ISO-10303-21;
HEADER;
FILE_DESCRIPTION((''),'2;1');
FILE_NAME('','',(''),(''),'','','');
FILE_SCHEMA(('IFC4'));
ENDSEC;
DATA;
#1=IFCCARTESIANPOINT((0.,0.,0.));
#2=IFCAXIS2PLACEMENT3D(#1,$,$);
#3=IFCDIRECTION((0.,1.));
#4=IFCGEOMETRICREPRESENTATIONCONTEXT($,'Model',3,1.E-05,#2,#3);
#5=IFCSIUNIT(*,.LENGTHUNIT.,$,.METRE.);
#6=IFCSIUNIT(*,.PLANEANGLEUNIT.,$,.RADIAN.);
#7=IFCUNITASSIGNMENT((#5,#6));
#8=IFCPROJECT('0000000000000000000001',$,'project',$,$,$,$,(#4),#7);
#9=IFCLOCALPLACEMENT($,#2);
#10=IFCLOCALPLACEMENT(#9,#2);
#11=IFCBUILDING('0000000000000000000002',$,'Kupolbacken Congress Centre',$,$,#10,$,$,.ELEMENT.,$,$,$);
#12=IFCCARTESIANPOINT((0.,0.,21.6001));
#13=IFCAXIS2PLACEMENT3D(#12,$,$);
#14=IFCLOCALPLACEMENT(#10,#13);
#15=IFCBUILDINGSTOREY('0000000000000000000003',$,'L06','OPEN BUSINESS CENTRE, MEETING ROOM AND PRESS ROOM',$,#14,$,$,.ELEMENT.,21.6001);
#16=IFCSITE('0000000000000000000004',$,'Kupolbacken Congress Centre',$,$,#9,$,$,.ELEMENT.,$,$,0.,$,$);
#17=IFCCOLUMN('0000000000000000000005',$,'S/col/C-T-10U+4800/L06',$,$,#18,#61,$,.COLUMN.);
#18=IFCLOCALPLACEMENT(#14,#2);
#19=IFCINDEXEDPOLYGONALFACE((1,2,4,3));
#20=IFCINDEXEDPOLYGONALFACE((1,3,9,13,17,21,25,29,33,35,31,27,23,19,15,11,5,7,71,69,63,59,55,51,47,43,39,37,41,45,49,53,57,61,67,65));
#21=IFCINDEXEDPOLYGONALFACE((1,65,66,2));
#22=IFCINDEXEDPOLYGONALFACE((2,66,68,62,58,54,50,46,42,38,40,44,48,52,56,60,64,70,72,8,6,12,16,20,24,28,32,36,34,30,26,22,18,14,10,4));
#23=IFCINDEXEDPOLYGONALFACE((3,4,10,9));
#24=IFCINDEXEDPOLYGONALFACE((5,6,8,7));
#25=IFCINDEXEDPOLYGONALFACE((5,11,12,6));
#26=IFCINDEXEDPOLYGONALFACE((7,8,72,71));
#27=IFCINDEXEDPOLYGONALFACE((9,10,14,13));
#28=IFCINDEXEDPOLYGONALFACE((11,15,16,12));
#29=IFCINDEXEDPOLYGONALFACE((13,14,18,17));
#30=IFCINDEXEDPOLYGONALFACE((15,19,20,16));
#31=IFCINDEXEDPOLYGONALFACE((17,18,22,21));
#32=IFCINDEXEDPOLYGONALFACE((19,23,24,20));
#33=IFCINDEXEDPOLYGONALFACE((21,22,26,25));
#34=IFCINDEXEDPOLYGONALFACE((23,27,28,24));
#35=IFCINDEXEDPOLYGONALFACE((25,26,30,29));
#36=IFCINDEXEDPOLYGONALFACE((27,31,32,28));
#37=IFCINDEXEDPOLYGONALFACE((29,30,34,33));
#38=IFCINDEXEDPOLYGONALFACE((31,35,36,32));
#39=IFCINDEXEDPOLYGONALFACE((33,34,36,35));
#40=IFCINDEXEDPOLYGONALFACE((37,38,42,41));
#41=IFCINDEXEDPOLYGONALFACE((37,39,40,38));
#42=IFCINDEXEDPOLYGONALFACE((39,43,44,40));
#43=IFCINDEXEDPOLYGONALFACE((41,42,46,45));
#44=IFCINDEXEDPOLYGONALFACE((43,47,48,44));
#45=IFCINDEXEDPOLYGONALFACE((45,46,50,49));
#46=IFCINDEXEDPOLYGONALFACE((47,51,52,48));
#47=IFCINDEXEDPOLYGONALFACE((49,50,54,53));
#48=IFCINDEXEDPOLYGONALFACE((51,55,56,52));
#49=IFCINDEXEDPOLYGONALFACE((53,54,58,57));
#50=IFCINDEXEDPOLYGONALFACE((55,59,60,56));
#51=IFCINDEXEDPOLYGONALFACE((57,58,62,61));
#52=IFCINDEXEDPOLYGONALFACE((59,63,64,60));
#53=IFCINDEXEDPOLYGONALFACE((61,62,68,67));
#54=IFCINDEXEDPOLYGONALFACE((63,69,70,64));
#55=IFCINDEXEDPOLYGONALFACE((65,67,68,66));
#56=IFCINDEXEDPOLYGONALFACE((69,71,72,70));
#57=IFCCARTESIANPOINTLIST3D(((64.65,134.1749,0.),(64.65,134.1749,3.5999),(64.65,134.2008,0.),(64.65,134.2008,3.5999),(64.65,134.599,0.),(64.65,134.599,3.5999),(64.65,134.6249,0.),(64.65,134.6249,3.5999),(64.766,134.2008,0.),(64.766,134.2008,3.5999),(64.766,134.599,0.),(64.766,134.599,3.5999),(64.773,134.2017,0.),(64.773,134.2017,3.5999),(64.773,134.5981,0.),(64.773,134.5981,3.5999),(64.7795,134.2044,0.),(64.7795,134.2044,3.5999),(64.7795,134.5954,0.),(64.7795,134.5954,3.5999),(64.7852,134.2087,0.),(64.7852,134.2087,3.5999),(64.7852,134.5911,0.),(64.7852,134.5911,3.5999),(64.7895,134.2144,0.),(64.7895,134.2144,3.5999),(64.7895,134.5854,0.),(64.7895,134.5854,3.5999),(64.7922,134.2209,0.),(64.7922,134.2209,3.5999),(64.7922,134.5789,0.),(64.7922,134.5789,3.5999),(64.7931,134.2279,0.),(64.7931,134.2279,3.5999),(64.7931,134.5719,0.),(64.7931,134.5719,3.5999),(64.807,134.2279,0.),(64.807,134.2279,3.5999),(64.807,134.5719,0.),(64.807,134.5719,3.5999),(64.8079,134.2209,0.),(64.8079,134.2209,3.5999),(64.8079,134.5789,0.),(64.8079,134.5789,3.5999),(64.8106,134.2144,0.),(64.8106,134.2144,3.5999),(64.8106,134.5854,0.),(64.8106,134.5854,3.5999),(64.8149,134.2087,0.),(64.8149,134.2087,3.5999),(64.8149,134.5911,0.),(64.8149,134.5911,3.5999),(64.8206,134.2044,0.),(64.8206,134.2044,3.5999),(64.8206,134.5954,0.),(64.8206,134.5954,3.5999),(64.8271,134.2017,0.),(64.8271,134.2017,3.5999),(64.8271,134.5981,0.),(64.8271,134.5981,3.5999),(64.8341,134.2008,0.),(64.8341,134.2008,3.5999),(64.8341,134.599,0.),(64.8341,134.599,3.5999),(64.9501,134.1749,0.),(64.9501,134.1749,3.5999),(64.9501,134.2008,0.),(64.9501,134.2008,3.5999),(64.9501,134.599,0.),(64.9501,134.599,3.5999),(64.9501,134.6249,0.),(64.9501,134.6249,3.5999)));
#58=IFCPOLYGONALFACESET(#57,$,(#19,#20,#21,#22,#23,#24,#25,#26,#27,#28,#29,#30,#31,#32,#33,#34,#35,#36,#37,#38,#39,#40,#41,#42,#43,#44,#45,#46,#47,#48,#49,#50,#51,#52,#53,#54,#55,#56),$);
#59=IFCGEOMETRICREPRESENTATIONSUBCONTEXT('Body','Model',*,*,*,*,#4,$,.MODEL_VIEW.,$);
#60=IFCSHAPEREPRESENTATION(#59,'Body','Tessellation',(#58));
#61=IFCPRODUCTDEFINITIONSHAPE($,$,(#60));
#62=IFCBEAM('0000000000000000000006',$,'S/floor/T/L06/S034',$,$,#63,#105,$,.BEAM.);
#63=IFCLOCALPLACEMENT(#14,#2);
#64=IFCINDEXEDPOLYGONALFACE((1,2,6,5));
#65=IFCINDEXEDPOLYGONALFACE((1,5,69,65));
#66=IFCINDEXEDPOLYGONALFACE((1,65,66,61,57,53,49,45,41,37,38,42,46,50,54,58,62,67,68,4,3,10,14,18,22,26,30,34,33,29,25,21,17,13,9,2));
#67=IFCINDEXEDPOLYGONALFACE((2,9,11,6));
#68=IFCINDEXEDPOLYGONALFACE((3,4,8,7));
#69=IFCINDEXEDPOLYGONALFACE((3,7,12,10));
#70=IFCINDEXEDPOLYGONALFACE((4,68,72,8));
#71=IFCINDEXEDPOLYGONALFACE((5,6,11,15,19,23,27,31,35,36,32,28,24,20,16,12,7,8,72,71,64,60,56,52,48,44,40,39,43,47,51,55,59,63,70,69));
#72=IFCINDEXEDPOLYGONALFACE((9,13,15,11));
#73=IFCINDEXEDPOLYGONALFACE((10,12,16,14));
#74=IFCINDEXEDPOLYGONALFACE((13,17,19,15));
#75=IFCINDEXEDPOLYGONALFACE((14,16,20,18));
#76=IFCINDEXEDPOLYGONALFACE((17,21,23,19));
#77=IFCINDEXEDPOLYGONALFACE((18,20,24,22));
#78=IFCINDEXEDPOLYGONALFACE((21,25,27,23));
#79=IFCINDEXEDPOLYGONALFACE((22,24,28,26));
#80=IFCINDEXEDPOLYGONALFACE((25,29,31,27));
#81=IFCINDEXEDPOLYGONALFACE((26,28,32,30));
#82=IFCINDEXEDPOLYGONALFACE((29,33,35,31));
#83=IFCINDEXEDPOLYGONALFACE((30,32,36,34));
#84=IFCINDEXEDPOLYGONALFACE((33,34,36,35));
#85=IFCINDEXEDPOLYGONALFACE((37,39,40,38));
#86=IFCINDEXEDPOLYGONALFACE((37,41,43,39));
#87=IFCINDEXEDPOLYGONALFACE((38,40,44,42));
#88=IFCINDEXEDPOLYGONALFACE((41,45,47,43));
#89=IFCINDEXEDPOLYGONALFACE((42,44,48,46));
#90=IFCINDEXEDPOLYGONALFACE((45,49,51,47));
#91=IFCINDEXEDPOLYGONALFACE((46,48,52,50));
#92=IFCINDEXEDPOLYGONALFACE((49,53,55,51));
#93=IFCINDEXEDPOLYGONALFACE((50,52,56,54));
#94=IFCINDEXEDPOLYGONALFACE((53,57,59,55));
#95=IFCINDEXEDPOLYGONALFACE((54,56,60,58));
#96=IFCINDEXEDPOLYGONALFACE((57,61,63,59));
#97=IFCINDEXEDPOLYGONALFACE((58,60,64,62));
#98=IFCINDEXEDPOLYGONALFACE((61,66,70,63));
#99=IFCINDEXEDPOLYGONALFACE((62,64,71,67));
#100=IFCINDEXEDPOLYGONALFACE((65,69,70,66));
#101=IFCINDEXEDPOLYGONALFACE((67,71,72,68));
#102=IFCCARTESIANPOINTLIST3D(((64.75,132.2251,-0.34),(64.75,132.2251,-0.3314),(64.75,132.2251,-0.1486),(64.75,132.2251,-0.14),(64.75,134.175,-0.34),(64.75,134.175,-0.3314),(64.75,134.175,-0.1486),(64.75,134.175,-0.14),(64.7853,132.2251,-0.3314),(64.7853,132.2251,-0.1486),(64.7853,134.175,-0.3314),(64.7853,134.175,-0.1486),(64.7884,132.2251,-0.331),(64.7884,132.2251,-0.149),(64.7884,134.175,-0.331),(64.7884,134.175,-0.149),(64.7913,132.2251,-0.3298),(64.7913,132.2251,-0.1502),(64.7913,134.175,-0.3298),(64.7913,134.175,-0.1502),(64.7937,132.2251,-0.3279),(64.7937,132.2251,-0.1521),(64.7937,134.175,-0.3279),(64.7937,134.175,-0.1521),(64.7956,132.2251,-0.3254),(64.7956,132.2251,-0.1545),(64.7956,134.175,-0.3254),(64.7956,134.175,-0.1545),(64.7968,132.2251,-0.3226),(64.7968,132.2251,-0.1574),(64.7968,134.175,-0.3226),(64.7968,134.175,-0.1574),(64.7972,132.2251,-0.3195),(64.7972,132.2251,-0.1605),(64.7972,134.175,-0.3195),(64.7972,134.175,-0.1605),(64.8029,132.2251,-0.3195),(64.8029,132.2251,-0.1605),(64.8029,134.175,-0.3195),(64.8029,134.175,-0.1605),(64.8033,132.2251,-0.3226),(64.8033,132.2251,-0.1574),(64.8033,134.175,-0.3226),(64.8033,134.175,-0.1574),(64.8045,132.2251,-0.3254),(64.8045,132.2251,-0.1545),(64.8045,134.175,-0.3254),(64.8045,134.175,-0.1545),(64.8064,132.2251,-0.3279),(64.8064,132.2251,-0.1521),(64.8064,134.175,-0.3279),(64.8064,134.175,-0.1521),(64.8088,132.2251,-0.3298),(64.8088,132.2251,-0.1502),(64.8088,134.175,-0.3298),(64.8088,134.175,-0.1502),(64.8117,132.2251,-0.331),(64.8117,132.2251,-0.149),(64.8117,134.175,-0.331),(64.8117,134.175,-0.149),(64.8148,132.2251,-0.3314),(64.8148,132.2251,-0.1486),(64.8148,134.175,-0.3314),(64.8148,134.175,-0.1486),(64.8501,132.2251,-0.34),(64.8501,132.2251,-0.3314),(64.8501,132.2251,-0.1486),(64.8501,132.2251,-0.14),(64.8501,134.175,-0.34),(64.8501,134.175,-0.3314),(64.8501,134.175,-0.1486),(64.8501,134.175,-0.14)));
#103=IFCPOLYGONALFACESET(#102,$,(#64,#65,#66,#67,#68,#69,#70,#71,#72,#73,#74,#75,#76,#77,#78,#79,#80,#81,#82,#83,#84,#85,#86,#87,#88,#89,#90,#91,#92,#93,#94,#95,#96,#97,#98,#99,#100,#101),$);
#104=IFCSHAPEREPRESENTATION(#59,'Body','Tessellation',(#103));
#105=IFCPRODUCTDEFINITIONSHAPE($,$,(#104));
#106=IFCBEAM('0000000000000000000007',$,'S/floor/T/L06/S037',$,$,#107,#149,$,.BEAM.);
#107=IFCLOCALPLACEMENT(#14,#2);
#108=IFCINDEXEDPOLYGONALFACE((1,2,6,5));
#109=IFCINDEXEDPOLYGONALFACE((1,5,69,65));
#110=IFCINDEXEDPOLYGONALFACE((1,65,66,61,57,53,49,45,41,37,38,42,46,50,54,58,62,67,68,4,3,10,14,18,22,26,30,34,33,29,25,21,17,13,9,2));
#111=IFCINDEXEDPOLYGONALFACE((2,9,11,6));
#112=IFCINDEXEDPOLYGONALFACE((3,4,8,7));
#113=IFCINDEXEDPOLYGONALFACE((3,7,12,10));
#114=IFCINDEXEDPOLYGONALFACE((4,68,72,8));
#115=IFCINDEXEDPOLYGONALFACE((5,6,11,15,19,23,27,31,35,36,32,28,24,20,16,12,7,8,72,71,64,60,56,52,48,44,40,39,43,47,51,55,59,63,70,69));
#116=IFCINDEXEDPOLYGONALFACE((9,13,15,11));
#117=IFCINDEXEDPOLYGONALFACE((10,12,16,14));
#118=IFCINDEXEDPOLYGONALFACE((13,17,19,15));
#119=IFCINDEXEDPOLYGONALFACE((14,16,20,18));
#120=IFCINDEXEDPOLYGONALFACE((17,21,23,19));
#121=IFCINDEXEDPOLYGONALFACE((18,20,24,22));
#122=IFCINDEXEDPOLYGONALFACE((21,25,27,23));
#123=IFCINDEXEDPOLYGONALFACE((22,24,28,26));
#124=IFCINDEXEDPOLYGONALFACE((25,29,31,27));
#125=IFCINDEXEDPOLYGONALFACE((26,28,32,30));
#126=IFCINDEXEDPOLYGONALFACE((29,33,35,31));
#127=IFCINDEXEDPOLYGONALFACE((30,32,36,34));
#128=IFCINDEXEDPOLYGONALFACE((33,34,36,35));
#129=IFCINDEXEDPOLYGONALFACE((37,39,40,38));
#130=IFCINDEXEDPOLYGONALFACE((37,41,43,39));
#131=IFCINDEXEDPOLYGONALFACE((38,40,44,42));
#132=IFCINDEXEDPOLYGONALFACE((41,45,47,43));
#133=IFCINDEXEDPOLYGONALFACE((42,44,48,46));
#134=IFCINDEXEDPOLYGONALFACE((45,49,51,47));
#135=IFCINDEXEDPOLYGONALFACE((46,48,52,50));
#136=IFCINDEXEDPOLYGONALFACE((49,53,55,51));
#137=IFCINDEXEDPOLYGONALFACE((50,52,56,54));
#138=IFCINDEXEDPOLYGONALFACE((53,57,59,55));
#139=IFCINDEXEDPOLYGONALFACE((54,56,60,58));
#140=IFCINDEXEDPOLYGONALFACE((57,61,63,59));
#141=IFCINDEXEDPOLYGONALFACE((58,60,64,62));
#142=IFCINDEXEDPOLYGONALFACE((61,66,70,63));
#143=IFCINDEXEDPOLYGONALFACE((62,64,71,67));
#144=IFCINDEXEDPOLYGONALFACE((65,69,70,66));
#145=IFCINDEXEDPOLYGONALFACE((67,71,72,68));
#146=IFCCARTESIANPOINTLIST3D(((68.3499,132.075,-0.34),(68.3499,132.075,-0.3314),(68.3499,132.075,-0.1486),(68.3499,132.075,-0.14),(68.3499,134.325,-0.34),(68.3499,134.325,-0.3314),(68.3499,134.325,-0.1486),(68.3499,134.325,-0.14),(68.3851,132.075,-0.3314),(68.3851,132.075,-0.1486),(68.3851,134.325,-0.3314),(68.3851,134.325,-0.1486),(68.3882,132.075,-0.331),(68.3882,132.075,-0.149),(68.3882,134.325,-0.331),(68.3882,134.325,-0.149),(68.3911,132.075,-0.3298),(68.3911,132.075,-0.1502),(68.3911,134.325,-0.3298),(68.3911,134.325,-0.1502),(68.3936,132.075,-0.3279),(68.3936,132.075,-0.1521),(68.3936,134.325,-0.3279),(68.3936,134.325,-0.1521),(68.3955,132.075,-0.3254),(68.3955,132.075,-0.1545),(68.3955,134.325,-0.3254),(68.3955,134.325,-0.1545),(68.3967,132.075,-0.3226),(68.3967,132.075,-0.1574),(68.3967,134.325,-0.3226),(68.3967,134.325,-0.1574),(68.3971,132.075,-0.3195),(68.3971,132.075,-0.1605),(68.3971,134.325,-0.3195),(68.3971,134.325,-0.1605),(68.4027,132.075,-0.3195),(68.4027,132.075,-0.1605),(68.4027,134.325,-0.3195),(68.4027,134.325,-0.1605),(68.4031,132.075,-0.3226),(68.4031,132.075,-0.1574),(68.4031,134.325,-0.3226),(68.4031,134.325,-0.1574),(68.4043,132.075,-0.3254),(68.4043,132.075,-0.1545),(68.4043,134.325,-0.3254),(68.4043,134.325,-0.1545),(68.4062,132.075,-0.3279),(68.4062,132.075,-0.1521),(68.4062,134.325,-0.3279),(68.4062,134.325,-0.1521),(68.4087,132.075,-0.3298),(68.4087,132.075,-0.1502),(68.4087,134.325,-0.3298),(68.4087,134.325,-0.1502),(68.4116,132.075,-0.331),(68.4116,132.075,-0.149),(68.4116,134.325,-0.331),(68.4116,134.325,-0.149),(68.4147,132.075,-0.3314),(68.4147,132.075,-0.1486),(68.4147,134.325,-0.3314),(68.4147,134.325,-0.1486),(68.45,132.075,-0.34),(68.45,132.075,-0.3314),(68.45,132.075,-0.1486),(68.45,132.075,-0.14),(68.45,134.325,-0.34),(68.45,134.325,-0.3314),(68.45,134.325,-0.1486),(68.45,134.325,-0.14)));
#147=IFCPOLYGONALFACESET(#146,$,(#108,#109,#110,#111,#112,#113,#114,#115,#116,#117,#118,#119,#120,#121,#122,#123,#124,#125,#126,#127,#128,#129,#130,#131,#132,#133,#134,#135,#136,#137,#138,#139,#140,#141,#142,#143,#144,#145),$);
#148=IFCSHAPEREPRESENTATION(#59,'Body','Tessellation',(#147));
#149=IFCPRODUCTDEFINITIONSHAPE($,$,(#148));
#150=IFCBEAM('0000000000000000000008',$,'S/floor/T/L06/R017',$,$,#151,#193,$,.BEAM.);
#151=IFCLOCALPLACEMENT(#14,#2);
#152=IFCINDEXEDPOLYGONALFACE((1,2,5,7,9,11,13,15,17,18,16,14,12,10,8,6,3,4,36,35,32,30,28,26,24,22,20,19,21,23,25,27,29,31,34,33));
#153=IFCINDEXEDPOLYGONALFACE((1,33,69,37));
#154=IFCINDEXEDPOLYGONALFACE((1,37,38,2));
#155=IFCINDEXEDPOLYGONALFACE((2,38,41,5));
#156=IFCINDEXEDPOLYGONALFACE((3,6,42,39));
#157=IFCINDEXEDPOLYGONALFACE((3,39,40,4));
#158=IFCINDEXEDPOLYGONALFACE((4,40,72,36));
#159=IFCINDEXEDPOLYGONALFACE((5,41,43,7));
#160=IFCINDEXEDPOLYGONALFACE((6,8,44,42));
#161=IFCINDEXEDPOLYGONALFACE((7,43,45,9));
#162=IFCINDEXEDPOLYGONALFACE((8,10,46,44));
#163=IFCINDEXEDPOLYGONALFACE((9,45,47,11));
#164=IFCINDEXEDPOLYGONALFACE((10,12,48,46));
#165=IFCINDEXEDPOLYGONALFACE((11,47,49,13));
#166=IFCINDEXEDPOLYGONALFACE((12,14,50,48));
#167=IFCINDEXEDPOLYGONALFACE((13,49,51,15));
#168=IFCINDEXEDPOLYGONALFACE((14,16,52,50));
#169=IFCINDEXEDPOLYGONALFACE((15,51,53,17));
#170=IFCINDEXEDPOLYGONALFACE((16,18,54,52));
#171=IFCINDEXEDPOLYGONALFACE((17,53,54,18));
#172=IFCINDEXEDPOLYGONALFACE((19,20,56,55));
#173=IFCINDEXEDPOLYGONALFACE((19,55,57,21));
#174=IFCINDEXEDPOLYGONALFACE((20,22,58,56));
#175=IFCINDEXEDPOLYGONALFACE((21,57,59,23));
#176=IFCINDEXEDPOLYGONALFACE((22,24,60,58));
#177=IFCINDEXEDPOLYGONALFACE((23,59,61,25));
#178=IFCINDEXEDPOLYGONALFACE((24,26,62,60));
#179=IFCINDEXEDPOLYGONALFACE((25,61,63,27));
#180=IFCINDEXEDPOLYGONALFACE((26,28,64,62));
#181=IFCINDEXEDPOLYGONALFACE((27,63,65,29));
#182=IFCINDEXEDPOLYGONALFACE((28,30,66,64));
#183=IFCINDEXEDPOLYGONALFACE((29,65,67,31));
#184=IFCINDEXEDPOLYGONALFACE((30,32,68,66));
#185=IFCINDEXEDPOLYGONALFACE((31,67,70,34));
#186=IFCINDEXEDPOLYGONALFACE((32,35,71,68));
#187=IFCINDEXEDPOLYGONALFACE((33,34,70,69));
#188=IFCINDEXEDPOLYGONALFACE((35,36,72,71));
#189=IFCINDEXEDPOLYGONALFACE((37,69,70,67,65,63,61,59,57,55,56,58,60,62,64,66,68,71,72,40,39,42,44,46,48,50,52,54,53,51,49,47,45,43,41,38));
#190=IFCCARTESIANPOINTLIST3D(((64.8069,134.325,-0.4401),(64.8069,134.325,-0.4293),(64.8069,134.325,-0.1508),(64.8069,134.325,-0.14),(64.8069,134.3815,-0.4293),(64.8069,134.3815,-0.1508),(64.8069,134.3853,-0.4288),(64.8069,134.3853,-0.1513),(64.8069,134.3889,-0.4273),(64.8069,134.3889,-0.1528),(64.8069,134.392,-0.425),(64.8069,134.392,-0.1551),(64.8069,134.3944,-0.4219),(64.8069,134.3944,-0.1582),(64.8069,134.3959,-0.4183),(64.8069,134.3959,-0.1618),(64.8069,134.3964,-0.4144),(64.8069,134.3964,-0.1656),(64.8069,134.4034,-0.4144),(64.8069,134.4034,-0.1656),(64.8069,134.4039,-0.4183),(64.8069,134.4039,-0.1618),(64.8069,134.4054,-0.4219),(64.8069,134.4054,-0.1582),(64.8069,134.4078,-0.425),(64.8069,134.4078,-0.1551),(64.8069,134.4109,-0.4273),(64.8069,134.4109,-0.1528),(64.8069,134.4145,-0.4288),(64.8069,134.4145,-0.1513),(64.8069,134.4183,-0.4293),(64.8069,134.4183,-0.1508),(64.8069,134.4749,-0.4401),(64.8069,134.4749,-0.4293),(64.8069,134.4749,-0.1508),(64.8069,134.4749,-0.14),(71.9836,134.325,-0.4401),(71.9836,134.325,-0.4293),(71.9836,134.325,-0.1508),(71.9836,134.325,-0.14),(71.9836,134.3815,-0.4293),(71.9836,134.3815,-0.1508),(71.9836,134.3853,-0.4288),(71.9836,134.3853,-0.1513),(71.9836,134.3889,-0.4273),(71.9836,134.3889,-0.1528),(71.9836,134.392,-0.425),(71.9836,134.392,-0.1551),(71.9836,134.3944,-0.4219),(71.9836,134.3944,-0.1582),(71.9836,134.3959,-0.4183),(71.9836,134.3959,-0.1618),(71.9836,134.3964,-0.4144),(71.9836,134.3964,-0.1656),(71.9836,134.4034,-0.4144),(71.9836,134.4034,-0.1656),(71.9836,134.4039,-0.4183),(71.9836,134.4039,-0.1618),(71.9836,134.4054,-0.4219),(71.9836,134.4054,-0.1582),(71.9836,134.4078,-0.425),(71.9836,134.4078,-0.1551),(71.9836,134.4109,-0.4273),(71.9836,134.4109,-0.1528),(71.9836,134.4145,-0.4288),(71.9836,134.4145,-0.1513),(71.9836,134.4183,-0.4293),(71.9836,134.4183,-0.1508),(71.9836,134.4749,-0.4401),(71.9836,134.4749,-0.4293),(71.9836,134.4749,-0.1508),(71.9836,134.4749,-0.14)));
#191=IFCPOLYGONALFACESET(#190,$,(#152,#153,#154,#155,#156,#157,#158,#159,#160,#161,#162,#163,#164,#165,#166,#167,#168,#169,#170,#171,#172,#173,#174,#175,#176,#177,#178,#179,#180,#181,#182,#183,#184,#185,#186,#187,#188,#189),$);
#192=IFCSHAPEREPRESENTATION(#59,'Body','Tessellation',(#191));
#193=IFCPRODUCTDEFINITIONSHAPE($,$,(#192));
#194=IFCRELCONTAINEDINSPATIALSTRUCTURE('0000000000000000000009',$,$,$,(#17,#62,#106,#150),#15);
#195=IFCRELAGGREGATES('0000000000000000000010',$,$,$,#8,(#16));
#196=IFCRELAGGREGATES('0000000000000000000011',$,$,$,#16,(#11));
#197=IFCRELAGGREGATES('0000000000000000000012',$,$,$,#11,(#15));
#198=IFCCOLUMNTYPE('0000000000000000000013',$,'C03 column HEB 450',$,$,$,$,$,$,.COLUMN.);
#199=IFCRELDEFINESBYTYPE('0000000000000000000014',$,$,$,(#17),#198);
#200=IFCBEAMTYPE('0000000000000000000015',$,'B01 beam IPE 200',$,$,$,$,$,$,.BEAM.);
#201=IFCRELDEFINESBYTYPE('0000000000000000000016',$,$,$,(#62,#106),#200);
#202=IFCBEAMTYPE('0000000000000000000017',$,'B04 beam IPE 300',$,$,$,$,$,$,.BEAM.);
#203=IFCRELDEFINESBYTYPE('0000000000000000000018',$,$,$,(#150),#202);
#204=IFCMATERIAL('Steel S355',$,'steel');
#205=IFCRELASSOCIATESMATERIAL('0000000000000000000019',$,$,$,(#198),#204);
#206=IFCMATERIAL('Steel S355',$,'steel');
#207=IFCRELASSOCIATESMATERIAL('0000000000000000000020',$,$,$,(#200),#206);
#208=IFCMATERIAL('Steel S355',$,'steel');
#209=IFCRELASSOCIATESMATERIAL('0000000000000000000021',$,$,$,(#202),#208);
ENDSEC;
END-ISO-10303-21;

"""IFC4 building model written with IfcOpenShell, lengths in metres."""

from ifc_helpers import new_model, si_unit, direction, frame, origin, origin_2d, place, context, subcontext, project, spatial, i_section, extrude, material, material_profile, profile_set, type_object, element, save


model = new_model("IFC4")

# Units and contexts
model_context = context("Model", 3, precision=1e-05, world=origin(), true_north=direction((0.0, 1.0)))
body_context = subcontext(model_context, "Body", "Model", "MODEL_VIEW")
ifc_project = project(units=[si_unit("LENGTHUNIT", "METRE"), si_unit("PLANEANGLEUNIT", "RADIAN")], contexts=[model_context])

# Site, building, storey
site_placement = place(None, origin())
site = spatial("IfcSite", under=ifc_project, at=site_placement, Name="Kupolbacken Congress Centre", CompositionType="ELEMENT", RefElevation=0.0)
building_placement = place(site_placement, origin())
building = spatial("IfcBuilding", under=site, at=building_placement, Name="Kupolbacken Congress Centre", CompositionType="ELEMENT")
storey_placement = place(building_placement, frame((0.0, 0.0, 21.6001)))
storey = spatial("IfcBuildingStorey", under=building, at=storey_placement, Name="L06", Description="OPEN BUSINESS CENTRE, MEETING ROOM AND PRESS ROOM", CompositionType="ELEMENT", Elevation=21.6001)

# Column
ifc_material_1 = material(Name="Steel S355", Category="steel")
ifc_material_profile_1 = material_profile(ifc_material_1, i_section(OverallWidth=0.3, OverallDepth=0.45, WebThickness=0.0139, FlangeThickness=0.0259, FilletRadius=0.0271, at=origin_2d()), Name="HEB 450")
ifc_profile_set_1 = profile_set([ifc_material_profile_1], Name="Steel S355")
column_type = type_object("IfcColumnType", Name="C03 column HEB 450", PredefinedType="COLUMN", material=ifc_profile_set_1)
column_placement = place(storey_placement, frame((64.8, 134.3999, 0.0), z_axis=(0.0, 0.0, 1.0), x_axis=(1.0, 0.0, 0.0)))
element("IfcColumn", 1, at=column_placement, inside=storey, type_object=column_type, Name="S/col/C-T-10U+4800/L06", PredefinedType="COLUMN", context=body_context, shape_type="SweptSolid", body=[
    extrude(i_section(OverallWidth=0.3, OverallDepth=0.45, WebThickness=0.0139, FlangeThickness=0.0259, FilletRadius=0.0271, at=origin_2d()), origin(), (0.0, 0.0, 1.0), 3.5999),
])

# Beams
ifc_material_2 = material(Name="Steel S355", Category="steel")
ifc_material_profile_2 = material_profile(ifc_material_2, i_section(OverallWidth=0.1001, OverallDepth=0.2, WebThickness=0.0056, FlangeThickness=0.0085, FilletRadius=0.012, at=origin_2d()), Name="IPE 200")
ifc_profile_set_2 = profile_set([ifc_material_profile_2], Name="Steel S355")
beam_type_1 = type_object("IfcBeamType", Name="B01 beam IPE 200", PredefinedType="BEAM", material=ifc_profile_set_2)
beam_1_placement = place(storey_placement, frame((64.8, 132.2251, -0.24), z_axis=(0.0, 1.0, 0.0), x_axis=(-1.0, 0.0, 0.0)))
element("IfcBeam", 2, at=beam_1_placement, inside=storey, type_object=beam_type_1, Name="S/floor/T/L06/S034", PredefinedType="BEAM", context=body_context, shape_type="SweptSolid", body=[
    extrude(i_section(OverallWidth=0.1001, OverallDepth=0.2, WebThickness=0.0056, FlangeThickness=0.0085, FilletRadius=0.012, at=origin_2d()), origin(), (0.0, 0.0, 1.0), 1.95),
])
beam_2_placement = place(storey_placement, frame((68.3999, 132.075, -0.24), z_axis=(0.0, 1.0, 0.0), x_axis=(-1.0, 0.0, 0.0)))
element("IfcBeam", 3, at=beam_2_placement, inside=storey, type_object=beam_type_1, Name="S/floor/T/L06/S037", PredefinedType="BEAM", context=body_context, shape_type="SweptSolid", body=[
    extrude(i_section(OverallWidth=0.1001, OverallDepth=0.2, WebThickness=0.0056, FlangeThickness=0.0085, FilletRadius=0.012, at=origin_2d()), origin(), (0.0, 0.0, 1.0), 2.25),
])
ifc_material_3 = material(Name="Steel S355", Category="steel")
ifc_material_profile_3 = material_profile(ifc_material_3, i_section(OverallWidth=0.1499, OverallDepth=0.3, WebThickness=0.0071, FlangeThickness=0.0107, FilletRadius=0.0149, at=origin_2d()), Name="IPE 300")
ifc_profile_set_3 = profile_set([ifc_material_profile_3], Name="Steel S355")
beam_type_2 = type_object("IfcBeamType", Name="B04 beam IPE 300", PredefinedType="BEAM", material=ifc_profile_set_3)
beam_3_placement = place(storey_placement, frame((64.8069, 134.3999, -0.29), z_axis=(1.0, 0.0, 0.0), x_axis=(0.0, 1.0, 0.0)))
element("IfcBeam", 4, at=beam_3_placement, inside=storey, type_object=beam_type_2, Name="S/floor/T/L06/R017", PredefinedType="BEAM", context=body_context, shape_type="SweptSolid", body=[
    extrude(i_section(OverallWidth=0.1499, OverallDepth=0.3, WebThickness=0.0071, FlangeThickness=0.0107, FilletRadius=0.0149, at=origin_2d()), origin(), (0.0, 0.0, 1.0), 7.1768),
])

save(model, "model.ifc")
